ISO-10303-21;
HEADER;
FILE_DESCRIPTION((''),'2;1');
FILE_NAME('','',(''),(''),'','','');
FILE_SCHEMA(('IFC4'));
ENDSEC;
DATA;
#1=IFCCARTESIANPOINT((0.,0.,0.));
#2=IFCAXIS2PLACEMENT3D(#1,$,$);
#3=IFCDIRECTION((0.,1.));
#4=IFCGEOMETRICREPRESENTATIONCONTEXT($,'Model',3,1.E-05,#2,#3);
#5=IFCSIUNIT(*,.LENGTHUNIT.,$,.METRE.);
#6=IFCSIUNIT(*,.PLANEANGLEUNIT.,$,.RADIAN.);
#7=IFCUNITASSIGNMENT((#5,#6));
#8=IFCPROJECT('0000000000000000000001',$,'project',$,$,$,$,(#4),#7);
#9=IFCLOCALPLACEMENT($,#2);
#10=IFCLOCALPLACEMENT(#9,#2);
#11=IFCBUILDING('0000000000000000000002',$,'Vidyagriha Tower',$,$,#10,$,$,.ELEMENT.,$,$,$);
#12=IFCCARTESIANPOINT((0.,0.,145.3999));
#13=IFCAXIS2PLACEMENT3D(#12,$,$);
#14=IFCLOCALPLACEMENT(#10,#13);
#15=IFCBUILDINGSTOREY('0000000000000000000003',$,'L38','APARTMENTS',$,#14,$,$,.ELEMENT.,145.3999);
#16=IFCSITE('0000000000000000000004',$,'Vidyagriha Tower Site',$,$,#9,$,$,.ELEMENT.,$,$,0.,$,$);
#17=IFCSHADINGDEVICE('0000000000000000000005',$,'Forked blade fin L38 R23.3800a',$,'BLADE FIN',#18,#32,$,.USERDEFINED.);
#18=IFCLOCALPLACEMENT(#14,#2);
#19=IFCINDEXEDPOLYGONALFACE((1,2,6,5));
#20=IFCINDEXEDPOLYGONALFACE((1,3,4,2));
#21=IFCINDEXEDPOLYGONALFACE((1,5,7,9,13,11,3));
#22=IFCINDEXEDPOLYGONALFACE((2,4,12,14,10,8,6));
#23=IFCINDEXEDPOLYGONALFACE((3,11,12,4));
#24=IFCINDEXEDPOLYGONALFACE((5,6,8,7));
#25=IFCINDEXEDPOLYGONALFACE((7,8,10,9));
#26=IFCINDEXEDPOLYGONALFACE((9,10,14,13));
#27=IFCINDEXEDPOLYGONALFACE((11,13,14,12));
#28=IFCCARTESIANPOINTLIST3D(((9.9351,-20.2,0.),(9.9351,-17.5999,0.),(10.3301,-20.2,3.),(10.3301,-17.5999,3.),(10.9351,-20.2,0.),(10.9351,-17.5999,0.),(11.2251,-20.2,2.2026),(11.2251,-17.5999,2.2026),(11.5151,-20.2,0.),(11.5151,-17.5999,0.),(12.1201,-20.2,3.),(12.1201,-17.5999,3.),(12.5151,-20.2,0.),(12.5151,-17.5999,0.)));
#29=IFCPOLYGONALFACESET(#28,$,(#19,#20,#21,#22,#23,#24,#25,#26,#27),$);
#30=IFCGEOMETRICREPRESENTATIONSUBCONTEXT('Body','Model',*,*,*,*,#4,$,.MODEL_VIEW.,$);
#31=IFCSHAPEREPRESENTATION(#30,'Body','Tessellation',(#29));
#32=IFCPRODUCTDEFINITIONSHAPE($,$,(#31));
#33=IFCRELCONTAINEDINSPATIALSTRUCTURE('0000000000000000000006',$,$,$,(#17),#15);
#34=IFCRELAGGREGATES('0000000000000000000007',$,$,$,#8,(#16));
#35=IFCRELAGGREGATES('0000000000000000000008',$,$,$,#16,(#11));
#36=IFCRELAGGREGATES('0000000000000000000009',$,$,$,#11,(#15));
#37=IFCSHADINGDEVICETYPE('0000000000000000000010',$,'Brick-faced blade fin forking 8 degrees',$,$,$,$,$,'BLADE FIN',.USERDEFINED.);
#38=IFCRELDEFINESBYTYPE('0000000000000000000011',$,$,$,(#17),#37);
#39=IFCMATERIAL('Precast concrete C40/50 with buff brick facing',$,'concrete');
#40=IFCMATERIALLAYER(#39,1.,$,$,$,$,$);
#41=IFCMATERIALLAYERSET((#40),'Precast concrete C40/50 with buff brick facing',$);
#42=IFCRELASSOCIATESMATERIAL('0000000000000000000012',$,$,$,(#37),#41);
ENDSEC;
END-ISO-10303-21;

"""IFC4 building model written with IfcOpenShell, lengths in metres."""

from ifc_helpers import new_model, si_unit, direction, frame, origin, place, context, subcontext, project, spatial, polyline, outline, extrude, material, layer, layer_set, type_object, element, save


model = new_model("IFC4")

# Units and contexts
model_context = context("Model", 3, precision=1e-05, world=origin(), true_north=direction((0.0, 1.0)))
body_context = subcontext(model_context, "Body", "Model", "MODEL_VIEW")
ifc_project = project(units=[si_unit("LENGTHUNIT", "METRE"), si_unit("PLANEANGLEUNIT", "RADIAN")], contexts=[model_context])

# Site, building, storey
site_placement = place(None, origin())
site = spatial("IfcSite", under=ifc_project, at=site_placement, Name="Vidyagriha Tower Site", CompositionType="ELEMENT", RefElevation=0.0)
building_placement = place(site_placement, origin())
building = spatial("IfcBuilding", under=site, at=building_placement, Name="Vidyagriha Tower", CompositionType="ELEMENT")
storey_placement = place(building_placement, frame((0.0, 0.0, 145.3999)))
storey = spatial("IfcBuildingStorey", under=building, at=storey_placement, Name="L38", Description="APARTMENTS", CompositionType="ELEMENT", Elevation=145.3999)

# Shading device
ifc_material_1 = material(Name="Precast concrete C40/50 with buff brick facing", Category="concrete")
ifc_layer_1 = layer(ifc_material_1, 1.0)
ifc_layer_set_1 = layer_set([ifc_layer_1], Name="Precast concrete C40/50 with buff brick facing")
shading_device_type_1 = type_object("IfcShadingDeviceType", Name="Brick-faced blade fin forking 8 degrees", ElementType="BLADE FIN", PredefinedType="USERDEFINED", material=ifc_layer_set_1)
shading_device_1_placement = place(storey_placement, frame((9.9351, -18.8999, 0.0)))
element("IfcShadingDevice", 1, at=shading_device_1_placement, inside=storey, type_object=shading_device_type_1, Name="Forked blade fin L38 R23.3800a", ObjectType="BLADE FIN", PredefinedType="USERDEFINED", context=body_context, shape_type="SweptSolid", body=[
    extrude(outline(polyline([(1.0, 0.0), (1.29, 2.2026), (1.5801, 0.0), (2.5801, 0.0), (2.1851, 3.0), (0.395, 3.0), (0.0, 0.0), (1.0, 0.0)])), frame((0.0, 1.3, 0.0), z_axis=(0.0, -1.0, 0.0), x_axis=(1.0, 0.0, 0.0)), (0.0, 0.0, 1.0), 2.6001),
])

save(model, "model.ifc")
